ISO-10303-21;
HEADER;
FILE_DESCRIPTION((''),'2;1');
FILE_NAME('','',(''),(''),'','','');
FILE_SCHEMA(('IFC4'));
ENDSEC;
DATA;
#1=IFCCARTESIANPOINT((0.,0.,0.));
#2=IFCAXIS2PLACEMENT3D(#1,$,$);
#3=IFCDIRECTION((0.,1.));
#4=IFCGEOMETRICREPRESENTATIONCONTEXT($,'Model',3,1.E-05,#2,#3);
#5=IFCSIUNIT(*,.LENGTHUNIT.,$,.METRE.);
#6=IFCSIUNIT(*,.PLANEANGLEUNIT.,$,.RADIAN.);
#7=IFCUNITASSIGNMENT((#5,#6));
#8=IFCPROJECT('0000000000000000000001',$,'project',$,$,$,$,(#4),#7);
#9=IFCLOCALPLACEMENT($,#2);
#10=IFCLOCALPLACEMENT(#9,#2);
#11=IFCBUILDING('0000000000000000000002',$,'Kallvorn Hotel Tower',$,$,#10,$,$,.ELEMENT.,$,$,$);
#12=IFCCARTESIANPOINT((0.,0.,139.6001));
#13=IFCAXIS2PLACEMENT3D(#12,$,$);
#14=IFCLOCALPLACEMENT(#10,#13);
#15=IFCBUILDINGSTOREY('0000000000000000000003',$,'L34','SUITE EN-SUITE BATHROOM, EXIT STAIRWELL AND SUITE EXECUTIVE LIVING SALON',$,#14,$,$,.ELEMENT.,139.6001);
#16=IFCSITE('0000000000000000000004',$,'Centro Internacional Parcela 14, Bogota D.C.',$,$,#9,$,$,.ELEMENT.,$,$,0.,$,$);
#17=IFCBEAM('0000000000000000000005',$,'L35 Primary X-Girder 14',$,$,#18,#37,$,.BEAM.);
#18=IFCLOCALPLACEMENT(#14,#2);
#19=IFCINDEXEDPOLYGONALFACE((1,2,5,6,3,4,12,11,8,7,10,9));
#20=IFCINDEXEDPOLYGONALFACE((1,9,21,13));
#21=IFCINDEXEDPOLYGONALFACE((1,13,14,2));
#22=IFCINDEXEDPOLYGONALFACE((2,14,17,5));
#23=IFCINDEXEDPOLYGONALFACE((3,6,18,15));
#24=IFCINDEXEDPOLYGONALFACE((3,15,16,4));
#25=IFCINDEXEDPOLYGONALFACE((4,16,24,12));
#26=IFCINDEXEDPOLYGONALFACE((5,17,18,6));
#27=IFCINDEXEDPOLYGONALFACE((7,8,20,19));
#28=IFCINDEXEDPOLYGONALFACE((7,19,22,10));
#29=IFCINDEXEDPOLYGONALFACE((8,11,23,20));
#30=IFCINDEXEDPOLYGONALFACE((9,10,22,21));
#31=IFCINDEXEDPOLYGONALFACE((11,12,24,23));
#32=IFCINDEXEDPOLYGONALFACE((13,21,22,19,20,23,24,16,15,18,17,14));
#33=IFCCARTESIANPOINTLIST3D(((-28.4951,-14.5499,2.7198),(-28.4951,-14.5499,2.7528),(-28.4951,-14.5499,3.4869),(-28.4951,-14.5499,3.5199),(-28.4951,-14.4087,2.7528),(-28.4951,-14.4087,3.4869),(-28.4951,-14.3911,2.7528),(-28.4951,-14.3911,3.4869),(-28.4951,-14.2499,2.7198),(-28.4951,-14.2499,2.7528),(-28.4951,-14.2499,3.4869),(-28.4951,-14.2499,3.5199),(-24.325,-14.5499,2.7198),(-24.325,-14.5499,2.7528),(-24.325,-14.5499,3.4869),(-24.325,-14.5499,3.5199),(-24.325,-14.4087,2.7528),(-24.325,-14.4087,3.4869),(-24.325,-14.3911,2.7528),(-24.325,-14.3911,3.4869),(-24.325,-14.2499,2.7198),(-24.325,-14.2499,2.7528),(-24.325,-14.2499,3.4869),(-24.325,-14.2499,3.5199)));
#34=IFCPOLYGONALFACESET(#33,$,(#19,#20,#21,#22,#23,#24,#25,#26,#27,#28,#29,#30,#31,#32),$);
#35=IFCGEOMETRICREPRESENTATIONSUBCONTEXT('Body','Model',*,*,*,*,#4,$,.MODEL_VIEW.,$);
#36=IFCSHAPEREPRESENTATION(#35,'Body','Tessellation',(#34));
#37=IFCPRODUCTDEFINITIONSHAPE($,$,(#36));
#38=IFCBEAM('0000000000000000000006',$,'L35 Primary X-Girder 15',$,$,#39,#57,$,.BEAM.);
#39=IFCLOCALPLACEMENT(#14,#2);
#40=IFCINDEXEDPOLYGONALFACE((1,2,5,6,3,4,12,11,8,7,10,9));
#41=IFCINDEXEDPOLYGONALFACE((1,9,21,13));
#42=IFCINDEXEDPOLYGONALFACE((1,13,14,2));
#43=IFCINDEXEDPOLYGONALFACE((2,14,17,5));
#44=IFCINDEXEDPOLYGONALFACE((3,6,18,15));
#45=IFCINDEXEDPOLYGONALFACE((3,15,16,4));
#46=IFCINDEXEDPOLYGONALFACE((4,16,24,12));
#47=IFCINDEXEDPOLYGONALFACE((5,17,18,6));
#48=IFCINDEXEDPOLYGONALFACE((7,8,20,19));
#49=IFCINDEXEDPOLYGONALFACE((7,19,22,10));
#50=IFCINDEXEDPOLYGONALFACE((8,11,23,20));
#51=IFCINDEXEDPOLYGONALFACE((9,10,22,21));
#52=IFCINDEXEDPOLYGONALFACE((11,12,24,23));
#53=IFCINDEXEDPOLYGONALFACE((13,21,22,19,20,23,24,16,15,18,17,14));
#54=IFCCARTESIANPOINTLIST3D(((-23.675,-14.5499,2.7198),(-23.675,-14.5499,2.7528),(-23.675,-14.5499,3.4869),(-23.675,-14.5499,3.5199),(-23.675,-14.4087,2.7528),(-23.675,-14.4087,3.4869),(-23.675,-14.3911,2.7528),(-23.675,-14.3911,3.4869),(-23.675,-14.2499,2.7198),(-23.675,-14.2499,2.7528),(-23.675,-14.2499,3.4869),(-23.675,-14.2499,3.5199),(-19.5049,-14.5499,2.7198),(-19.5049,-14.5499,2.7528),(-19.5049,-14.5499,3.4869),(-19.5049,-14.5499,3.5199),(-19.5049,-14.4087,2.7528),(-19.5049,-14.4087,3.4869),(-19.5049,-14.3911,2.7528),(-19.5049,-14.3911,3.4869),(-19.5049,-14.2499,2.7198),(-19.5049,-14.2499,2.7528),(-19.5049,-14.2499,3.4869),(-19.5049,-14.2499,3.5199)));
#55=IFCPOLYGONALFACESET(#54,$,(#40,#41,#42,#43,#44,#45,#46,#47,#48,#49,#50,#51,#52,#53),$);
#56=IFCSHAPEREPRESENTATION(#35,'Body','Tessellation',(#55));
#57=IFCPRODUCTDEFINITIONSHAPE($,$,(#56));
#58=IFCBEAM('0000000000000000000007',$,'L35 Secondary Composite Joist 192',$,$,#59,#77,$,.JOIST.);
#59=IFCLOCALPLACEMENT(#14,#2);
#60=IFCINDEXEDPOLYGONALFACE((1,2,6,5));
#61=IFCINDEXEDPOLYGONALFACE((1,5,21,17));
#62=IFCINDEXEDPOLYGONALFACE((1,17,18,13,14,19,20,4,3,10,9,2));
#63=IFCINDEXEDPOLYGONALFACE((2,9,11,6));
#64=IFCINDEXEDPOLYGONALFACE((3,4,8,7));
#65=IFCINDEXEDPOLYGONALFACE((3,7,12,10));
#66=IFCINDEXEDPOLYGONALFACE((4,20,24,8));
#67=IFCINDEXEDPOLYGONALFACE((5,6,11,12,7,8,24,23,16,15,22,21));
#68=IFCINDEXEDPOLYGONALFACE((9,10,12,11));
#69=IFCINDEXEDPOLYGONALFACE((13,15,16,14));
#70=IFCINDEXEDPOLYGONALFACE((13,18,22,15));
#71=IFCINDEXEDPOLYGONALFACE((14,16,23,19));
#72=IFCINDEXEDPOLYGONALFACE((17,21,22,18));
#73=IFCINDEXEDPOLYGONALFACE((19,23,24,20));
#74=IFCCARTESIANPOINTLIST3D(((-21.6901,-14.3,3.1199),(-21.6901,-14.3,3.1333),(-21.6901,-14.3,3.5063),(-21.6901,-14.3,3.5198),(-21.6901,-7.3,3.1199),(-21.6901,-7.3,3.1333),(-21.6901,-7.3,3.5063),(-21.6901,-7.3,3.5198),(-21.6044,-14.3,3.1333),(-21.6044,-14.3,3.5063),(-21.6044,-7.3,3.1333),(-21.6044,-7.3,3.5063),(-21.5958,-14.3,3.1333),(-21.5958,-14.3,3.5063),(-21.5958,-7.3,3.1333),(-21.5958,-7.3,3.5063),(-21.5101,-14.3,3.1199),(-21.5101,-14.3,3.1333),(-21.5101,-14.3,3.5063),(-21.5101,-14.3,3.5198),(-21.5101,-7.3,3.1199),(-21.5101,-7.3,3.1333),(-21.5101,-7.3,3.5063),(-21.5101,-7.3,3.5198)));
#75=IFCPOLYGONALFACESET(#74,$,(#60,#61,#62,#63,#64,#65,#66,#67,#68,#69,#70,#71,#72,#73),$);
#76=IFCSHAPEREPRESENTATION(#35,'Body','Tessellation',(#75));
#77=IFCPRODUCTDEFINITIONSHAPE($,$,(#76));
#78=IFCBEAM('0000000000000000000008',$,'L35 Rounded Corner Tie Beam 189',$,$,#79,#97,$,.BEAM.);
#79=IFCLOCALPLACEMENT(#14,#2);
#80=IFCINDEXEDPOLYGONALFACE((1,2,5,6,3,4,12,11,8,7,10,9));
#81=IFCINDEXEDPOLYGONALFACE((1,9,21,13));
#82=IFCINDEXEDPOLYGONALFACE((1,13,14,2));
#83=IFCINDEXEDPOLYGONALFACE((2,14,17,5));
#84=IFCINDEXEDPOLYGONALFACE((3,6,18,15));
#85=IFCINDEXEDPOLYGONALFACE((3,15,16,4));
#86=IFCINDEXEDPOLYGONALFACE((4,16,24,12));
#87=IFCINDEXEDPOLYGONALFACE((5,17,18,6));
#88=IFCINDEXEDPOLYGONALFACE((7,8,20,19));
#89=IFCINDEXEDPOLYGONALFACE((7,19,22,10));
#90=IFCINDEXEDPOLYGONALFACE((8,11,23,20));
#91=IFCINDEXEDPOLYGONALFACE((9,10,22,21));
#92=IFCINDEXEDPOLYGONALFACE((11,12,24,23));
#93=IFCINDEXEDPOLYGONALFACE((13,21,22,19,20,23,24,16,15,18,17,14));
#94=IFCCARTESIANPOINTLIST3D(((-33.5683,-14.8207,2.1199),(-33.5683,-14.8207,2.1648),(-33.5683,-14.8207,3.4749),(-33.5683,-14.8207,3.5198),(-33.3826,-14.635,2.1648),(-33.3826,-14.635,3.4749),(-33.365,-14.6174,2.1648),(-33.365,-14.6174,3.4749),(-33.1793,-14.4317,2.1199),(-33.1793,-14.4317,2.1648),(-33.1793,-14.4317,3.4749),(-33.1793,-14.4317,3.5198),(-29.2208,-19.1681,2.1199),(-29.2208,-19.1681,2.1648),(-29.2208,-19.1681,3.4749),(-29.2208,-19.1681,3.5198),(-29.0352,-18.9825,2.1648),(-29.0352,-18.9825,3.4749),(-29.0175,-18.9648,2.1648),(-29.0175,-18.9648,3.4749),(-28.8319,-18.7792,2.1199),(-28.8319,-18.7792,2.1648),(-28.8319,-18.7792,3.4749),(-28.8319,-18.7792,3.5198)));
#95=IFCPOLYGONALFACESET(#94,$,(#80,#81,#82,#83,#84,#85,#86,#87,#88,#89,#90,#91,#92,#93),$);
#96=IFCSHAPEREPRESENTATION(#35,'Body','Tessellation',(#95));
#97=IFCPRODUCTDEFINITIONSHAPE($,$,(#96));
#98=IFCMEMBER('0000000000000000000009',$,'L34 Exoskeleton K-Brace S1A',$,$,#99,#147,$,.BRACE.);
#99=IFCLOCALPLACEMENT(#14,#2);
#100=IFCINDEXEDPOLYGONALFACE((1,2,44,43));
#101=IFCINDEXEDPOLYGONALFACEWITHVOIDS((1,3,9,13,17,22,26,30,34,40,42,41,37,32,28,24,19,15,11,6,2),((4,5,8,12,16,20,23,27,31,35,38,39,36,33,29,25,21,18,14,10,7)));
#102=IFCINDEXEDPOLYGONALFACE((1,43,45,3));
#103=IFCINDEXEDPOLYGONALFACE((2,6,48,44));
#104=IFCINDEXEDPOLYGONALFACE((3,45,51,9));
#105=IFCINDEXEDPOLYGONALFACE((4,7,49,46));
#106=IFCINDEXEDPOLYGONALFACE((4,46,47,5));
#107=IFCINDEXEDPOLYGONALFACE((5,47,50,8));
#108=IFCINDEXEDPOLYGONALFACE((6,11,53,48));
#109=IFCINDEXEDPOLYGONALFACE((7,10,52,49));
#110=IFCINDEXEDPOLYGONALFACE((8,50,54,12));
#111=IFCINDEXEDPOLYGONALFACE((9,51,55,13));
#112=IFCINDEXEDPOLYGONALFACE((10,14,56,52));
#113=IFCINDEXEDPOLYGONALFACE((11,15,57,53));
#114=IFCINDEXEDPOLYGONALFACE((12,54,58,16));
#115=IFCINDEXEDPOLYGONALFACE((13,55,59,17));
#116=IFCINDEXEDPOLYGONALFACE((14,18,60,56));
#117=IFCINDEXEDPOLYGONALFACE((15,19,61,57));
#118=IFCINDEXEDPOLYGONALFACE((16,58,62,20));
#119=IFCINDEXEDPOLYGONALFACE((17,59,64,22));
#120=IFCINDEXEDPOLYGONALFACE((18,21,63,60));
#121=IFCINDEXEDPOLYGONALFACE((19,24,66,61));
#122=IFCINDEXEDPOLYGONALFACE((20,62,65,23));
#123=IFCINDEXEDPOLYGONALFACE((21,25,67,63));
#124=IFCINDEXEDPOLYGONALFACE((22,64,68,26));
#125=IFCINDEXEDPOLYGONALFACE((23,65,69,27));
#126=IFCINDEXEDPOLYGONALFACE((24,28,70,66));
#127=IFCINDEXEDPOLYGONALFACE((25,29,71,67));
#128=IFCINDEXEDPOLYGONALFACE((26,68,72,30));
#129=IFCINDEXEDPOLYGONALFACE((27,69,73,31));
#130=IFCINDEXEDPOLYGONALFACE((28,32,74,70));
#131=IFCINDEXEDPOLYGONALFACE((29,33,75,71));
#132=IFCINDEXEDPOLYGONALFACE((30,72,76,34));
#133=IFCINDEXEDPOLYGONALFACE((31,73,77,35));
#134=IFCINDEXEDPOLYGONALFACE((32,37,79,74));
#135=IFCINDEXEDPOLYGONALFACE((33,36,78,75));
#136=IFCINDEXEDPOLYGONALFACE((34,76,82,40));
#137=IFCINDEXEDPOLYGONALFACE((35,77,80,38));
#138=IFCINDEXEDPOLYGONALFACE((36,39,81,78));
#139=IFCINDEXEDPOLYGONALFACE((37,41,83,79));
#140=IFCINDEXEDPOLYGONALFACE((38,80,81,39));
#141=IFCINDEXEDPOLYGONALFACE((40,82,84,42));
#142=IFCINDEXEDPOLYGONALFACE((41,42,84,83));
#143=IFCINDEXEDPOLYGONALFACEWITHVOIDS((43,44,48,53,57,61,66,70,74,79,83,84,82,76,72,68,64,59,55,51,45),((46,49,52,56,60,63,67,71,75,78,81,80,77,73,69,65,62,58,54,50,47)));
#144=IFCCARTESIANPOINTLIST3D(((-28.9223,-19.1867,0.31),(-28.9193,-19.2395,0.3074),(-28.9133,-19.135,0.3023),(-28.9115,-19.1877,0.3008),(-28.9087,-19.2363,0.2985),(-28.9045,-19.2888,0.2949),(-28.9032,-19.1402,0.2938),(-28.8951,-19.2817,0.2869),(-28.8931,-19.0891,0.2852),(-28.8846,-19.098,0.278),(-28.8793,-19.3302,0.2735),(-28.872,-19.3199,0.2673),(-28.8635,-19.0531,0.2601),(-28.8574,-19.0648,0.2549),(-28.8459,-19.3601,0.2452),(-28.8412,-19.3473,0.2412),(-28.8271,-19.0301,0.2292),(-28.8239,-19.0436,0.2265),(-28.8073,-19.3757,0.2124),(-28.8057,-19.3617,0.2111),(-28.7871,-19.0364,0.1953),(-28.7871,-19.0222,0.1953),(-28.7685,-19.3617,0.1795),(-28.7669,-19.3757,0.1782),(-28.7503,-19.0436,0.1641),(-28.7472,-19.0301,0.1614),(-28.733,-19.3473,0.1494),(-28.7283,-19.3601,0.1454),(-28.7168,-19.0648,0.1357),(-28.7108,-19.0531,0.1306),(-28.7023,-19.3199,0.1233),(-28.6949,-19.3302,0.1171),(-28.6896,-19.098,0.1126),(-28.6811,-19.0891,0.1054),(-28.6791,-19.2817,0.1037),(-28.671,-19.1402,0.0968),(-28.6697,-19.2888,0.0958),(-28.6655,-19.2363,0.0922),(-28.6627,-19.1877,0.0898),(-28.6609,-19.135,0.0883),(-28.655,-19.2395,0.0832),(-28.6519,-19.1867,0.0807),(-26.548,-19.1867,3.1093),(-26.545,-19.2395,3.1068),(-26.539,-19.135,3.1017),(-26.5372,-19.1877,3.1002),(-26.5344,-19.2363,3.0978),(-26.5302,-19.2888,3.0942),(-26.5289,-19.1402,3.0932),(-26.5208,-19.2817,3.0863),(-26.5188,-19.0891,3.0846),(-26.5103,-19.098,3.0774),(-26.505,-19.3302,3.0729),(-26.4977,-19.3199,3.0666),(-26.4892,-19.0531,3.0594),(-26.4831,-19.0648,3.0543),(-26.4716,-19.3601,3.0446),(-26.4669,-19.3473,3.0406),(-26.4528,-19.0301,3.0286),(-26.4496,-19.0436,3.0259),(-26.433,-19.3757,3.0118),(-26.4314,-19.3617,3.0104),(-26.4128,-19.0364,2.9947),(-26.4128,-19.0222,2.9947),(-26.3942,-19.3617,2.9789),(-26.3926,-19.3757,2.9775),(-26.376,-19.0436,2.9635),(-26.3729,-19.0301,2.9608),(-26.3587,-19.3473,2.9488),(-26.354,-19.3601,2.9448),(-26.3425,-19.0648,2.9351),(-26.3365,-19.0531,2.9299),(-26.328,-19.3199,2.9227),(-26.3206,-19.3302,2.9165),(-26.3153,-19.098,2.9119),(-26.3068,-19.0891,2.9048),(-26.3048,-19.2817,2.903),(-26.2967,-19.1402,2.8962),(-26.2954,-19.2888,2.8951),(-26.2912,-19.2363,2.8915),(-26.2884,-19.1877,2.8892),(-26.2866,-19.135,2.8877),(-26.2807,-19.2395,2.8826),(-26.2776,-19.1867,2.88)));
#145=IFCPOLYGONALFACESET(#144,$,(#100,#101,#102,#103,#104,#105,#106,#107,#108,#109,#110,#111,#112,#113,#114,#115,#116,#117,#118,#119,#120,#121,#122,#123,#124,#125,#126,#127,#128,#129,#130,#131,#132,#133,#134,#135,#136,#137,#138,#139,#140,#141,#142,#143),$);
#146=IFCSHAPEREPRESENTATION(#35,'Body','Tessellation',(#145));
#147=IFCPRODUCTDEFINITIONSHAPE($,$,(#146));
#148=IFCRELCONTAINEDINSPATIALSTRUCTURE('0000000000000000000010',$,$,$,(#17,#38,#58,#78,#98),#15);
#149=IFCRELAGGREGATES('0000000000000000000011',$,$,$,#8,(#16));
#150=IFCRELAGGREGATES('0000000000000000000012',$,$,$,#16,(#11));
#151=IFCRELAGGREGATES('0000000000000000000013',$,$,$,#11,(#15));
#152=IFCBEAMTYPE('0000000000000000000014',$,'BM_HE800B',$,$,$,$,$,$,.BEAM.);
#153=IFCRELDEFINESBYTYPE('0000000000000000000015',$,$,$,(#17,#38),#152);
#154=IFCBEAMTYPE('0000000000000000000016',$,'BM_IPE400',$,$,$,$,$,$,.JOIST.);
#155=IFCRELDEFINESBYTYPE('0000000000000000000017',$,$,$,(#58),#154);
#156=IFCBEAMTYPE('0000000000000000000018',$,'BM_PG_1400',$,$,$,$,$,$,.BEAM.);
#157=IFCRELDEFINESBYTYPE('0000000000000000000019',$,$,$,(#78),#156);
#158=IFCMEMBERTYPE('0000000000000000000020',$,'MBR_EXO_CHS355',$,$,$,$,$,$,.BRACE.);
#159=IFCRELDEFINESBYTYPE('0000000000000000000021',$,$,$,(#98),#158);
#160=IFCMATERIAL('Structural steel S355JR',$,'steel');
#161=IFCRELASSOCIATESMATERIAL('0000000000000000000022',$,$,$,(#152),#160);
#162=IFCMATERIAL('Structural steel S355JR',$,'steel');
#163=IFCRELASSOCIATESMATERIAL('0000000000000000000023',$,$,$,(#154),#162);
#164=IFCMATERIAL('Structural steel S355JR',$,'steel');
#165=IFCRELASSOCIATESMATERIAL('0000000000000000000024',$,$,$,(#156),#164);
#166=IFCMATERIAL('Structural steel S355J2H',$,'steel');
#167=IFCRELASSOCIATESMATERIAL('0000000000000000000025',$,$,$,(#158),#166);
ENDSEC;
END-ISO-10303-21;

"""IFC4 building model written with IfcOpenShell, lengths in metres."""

from ifc_helpers import new_model, si_unit, direction, frame, origin, origin_2d, place, context, subcontext, project, spatial, hollow_circle, i_section, extrude, material, material_profile, profile_set, type_object, element, save


model = new_model("IFC4")

# Units and contexts
model_context = context("Model", 3, precision=1e-05, world=origin(), true_north=direction((0.0, 1.0)))
body_context = subcontext(model_context, "Body", "Model", "MODEL_VIEW")
ifc_project = project(units=[si_unit("LENGTHUNIT", "METRE"), si_unit("PLANEANGLEUNIT", "RADIAN")], contexts=[model_context])

# Site, building, storey
site_placement = place(None, origin())
site = spatial("IfcSite", under=ifc_project, at=site_placement, Name="Centro Internacional Parcela 14, Bogota D.C.", CompositionType="ELEMENT", RefElevation=0.0)
building_placement = place(site_placement, origin())
building = spatial("IfcBuilding", under=site, at=building_placement, Name="Kallvorn Hotel Tower", CompositionType="ELEMENT")
storey_placement = place(building_placement, frame((0.0, 0.0, 139.6001)))
storey = spatial("IfcBuildingStorey", under=building, at=storey_placement, Name="L34", Description="SUITE EN-SUITE BATHROOM, EXIT STAIRWELL AND SUITE EXECUTIVE LIVING SALON", CompositionType="ELEMENT", Elevation=139.6001)

# Beams
ifc_material_1 = material(Name="Structural steel S355JR", Category="steel")
ifc_material_profile_1 = material_profile(ifc_material_1, i_section(OverallWidth=0.3, OverallDepth=0.8, WebThickness=0.0176, FlangeThickness=0.033, at=origin_2d()), Name="HE 800 B")
ifc_profile_set_1 = profile_set([ifc_material_profile_1], Name="Structural steel S355JR")
beam_type_1 = type_object("IfcBeamType", Name="BM_HE800B", PredefinedType="BEAM", material=ifc_profile_set_1)
for number, where, z_axis, x_axis, name in (
    (1, (-28.4951, -14.3999, 3.1199), (1.0, 0.0, 0.0), (0.0, 1.0, 0.0), "L35 Primary X-Girder 14"),
    (2, (-23.675, -14.3999, 3.1199), (1.0, 0.0, 0.0), (0.0, 1.0, 0.0), "L35 Primary X-Girder 15"),
):
    element("IfcBeam", number, at=place(storey_placement, frame(where, z_axis=z_axis, x_axis=x_axis)), inside=storey, type_object=beam_type_1, Name=name, PredefinedType="BEAM", context=body_context, shape_type="SweptSolid", body=[
        extrude(i_section(OverallWidth=0.3, OverallDepth=0.8, WebThickness=0.0176, FlangeThickness=0.033, at=origin_2d()), origin(), (0.0, 0.0, 1.0), 4.1702),
    ])
ifc_material_2 = material(Name="Structural steel S355JR", Category="steel")
ifc_material_profile_2 = material_profile(ifc_material_2, i_section(OverallWidth=0.1799, OverallDepth=0.3999, WebThickness=0.0085, FlangeThickness=0.0134, at=origin_2d()), Name="IPE 400")
ifc_profile_set_2 = profile_set([ifc_material_profile_2], Name="Structural steel S355JR")
beam_type_2 = type_object("IfcBeamType", Name="BM_IPE400", PredefinedType="JOIST", material=ifc_profile_set_2)
beam_1_placement = place(storey_placement, frame((-21.6001, -14.3, 3.3198), z_axis=(0.0, 1.0, 0.0), x_axis=(-1.0, 0.0, 0.0)))
element("IfcBeam", 3, at=beam_1_placement, inside=storey, type_object=beam_type_2, Name="L35 Secondary Composite Joist 192", PredefinedType="JOIST", context=body_context, shape_type="SweptSolid", body=[
    extrude(i_section(OverallWidth=0.1799, OverallDepth=0.3999, WebThickness=0.0085, FlangeThickness=0.0134, at=origin_2d()), origin(), (0.0, 0.0, 1.0), 7.0),
])
ifc_material_3 = material(Name="Structural steel S355JR", Category="steel")
ifc_material_profile_3 = material_profile(ifc_material_3, i_section(OverallWidth=0.55, OverallDepth=1.3999, WebThickness=0.0249, FlangeThickness=0.0449, at=origin_2d()), Name="PG 1400x550x25x45")
ifc_profile_set_3 = profile_set([ifc_material_profile_3], Name="Structural steel S355JR")
beam_type_3 = type_object("IfcBeamType", Name="BM_PG_1400", PredefinedType="BEAM", material=ifc_profile_set_3)
beam_2_placement = place(storey_placement, frame((-33.3738, -14.6262, 2.8198), z_axis=(0.707107, -0.707107, 0.0), x_axis=(0.707107, 0.707107, 0.0)))
element("IfcBeam", 4, at=beam_2_placement, inside=storey, type_object=beam_type_3, Name="L35 Rounded Corner Tie Beam 189", PredefinedType="BEAM", context=body_context, shape_type="SweptSolid", body=[
    extrude(i_section(OverallWidth=0.55, OverallDepth=1.3999, WebThickness=0.0249, FlangeThickness=0.0449, at=origin_2d()), origin(), (0.0, 0.0, 1.0), 6.1482),
])

# Member
ifc_material_4 = material(Name="Structural steel S355J2H", Category="steel")
ifc_material_profile_4 = material_profile(ifc_material_4, hollow_circle(Radius=0.1777, WallThickness=0.0142, at=origin_2d()), Name="CHS 355.6x14.2")
ifc_profile_set_4 = profile_set([ifc_material_profile_4], Name="Structural steel S355J2H")
member_type = type_object("IfcMemberType", Name="MBR_EXO_CHS355", PredefinedType="BRACE", material=ifc_profile_set_4)
for number, where, z_axis, x_axis, name in (
    (5, (-28.7871, -19.2, 0.1953), (0.646833, 0.0, 0.762631), (0.0, 1.0, 0.0), "L34 Exoskeleton K-Brace S1A"),
):
    element("IfcMember", number, at=place(storey_placement, frame(where, z_axis=z_axis, x_axis=x_axis)), inside=storey, type_object=member_type, Name=name, PredefinedType="BRACE", context=body_context, shape_type="SweptSolid", body=[
        extrude(hollow_circle(Radius=0.1777, WallThickness=0.0142, at=origin_2d()), origin(), (0.0, 0.0, 1.0), 3.6707),
    ])

save(model, "model.ifc")
